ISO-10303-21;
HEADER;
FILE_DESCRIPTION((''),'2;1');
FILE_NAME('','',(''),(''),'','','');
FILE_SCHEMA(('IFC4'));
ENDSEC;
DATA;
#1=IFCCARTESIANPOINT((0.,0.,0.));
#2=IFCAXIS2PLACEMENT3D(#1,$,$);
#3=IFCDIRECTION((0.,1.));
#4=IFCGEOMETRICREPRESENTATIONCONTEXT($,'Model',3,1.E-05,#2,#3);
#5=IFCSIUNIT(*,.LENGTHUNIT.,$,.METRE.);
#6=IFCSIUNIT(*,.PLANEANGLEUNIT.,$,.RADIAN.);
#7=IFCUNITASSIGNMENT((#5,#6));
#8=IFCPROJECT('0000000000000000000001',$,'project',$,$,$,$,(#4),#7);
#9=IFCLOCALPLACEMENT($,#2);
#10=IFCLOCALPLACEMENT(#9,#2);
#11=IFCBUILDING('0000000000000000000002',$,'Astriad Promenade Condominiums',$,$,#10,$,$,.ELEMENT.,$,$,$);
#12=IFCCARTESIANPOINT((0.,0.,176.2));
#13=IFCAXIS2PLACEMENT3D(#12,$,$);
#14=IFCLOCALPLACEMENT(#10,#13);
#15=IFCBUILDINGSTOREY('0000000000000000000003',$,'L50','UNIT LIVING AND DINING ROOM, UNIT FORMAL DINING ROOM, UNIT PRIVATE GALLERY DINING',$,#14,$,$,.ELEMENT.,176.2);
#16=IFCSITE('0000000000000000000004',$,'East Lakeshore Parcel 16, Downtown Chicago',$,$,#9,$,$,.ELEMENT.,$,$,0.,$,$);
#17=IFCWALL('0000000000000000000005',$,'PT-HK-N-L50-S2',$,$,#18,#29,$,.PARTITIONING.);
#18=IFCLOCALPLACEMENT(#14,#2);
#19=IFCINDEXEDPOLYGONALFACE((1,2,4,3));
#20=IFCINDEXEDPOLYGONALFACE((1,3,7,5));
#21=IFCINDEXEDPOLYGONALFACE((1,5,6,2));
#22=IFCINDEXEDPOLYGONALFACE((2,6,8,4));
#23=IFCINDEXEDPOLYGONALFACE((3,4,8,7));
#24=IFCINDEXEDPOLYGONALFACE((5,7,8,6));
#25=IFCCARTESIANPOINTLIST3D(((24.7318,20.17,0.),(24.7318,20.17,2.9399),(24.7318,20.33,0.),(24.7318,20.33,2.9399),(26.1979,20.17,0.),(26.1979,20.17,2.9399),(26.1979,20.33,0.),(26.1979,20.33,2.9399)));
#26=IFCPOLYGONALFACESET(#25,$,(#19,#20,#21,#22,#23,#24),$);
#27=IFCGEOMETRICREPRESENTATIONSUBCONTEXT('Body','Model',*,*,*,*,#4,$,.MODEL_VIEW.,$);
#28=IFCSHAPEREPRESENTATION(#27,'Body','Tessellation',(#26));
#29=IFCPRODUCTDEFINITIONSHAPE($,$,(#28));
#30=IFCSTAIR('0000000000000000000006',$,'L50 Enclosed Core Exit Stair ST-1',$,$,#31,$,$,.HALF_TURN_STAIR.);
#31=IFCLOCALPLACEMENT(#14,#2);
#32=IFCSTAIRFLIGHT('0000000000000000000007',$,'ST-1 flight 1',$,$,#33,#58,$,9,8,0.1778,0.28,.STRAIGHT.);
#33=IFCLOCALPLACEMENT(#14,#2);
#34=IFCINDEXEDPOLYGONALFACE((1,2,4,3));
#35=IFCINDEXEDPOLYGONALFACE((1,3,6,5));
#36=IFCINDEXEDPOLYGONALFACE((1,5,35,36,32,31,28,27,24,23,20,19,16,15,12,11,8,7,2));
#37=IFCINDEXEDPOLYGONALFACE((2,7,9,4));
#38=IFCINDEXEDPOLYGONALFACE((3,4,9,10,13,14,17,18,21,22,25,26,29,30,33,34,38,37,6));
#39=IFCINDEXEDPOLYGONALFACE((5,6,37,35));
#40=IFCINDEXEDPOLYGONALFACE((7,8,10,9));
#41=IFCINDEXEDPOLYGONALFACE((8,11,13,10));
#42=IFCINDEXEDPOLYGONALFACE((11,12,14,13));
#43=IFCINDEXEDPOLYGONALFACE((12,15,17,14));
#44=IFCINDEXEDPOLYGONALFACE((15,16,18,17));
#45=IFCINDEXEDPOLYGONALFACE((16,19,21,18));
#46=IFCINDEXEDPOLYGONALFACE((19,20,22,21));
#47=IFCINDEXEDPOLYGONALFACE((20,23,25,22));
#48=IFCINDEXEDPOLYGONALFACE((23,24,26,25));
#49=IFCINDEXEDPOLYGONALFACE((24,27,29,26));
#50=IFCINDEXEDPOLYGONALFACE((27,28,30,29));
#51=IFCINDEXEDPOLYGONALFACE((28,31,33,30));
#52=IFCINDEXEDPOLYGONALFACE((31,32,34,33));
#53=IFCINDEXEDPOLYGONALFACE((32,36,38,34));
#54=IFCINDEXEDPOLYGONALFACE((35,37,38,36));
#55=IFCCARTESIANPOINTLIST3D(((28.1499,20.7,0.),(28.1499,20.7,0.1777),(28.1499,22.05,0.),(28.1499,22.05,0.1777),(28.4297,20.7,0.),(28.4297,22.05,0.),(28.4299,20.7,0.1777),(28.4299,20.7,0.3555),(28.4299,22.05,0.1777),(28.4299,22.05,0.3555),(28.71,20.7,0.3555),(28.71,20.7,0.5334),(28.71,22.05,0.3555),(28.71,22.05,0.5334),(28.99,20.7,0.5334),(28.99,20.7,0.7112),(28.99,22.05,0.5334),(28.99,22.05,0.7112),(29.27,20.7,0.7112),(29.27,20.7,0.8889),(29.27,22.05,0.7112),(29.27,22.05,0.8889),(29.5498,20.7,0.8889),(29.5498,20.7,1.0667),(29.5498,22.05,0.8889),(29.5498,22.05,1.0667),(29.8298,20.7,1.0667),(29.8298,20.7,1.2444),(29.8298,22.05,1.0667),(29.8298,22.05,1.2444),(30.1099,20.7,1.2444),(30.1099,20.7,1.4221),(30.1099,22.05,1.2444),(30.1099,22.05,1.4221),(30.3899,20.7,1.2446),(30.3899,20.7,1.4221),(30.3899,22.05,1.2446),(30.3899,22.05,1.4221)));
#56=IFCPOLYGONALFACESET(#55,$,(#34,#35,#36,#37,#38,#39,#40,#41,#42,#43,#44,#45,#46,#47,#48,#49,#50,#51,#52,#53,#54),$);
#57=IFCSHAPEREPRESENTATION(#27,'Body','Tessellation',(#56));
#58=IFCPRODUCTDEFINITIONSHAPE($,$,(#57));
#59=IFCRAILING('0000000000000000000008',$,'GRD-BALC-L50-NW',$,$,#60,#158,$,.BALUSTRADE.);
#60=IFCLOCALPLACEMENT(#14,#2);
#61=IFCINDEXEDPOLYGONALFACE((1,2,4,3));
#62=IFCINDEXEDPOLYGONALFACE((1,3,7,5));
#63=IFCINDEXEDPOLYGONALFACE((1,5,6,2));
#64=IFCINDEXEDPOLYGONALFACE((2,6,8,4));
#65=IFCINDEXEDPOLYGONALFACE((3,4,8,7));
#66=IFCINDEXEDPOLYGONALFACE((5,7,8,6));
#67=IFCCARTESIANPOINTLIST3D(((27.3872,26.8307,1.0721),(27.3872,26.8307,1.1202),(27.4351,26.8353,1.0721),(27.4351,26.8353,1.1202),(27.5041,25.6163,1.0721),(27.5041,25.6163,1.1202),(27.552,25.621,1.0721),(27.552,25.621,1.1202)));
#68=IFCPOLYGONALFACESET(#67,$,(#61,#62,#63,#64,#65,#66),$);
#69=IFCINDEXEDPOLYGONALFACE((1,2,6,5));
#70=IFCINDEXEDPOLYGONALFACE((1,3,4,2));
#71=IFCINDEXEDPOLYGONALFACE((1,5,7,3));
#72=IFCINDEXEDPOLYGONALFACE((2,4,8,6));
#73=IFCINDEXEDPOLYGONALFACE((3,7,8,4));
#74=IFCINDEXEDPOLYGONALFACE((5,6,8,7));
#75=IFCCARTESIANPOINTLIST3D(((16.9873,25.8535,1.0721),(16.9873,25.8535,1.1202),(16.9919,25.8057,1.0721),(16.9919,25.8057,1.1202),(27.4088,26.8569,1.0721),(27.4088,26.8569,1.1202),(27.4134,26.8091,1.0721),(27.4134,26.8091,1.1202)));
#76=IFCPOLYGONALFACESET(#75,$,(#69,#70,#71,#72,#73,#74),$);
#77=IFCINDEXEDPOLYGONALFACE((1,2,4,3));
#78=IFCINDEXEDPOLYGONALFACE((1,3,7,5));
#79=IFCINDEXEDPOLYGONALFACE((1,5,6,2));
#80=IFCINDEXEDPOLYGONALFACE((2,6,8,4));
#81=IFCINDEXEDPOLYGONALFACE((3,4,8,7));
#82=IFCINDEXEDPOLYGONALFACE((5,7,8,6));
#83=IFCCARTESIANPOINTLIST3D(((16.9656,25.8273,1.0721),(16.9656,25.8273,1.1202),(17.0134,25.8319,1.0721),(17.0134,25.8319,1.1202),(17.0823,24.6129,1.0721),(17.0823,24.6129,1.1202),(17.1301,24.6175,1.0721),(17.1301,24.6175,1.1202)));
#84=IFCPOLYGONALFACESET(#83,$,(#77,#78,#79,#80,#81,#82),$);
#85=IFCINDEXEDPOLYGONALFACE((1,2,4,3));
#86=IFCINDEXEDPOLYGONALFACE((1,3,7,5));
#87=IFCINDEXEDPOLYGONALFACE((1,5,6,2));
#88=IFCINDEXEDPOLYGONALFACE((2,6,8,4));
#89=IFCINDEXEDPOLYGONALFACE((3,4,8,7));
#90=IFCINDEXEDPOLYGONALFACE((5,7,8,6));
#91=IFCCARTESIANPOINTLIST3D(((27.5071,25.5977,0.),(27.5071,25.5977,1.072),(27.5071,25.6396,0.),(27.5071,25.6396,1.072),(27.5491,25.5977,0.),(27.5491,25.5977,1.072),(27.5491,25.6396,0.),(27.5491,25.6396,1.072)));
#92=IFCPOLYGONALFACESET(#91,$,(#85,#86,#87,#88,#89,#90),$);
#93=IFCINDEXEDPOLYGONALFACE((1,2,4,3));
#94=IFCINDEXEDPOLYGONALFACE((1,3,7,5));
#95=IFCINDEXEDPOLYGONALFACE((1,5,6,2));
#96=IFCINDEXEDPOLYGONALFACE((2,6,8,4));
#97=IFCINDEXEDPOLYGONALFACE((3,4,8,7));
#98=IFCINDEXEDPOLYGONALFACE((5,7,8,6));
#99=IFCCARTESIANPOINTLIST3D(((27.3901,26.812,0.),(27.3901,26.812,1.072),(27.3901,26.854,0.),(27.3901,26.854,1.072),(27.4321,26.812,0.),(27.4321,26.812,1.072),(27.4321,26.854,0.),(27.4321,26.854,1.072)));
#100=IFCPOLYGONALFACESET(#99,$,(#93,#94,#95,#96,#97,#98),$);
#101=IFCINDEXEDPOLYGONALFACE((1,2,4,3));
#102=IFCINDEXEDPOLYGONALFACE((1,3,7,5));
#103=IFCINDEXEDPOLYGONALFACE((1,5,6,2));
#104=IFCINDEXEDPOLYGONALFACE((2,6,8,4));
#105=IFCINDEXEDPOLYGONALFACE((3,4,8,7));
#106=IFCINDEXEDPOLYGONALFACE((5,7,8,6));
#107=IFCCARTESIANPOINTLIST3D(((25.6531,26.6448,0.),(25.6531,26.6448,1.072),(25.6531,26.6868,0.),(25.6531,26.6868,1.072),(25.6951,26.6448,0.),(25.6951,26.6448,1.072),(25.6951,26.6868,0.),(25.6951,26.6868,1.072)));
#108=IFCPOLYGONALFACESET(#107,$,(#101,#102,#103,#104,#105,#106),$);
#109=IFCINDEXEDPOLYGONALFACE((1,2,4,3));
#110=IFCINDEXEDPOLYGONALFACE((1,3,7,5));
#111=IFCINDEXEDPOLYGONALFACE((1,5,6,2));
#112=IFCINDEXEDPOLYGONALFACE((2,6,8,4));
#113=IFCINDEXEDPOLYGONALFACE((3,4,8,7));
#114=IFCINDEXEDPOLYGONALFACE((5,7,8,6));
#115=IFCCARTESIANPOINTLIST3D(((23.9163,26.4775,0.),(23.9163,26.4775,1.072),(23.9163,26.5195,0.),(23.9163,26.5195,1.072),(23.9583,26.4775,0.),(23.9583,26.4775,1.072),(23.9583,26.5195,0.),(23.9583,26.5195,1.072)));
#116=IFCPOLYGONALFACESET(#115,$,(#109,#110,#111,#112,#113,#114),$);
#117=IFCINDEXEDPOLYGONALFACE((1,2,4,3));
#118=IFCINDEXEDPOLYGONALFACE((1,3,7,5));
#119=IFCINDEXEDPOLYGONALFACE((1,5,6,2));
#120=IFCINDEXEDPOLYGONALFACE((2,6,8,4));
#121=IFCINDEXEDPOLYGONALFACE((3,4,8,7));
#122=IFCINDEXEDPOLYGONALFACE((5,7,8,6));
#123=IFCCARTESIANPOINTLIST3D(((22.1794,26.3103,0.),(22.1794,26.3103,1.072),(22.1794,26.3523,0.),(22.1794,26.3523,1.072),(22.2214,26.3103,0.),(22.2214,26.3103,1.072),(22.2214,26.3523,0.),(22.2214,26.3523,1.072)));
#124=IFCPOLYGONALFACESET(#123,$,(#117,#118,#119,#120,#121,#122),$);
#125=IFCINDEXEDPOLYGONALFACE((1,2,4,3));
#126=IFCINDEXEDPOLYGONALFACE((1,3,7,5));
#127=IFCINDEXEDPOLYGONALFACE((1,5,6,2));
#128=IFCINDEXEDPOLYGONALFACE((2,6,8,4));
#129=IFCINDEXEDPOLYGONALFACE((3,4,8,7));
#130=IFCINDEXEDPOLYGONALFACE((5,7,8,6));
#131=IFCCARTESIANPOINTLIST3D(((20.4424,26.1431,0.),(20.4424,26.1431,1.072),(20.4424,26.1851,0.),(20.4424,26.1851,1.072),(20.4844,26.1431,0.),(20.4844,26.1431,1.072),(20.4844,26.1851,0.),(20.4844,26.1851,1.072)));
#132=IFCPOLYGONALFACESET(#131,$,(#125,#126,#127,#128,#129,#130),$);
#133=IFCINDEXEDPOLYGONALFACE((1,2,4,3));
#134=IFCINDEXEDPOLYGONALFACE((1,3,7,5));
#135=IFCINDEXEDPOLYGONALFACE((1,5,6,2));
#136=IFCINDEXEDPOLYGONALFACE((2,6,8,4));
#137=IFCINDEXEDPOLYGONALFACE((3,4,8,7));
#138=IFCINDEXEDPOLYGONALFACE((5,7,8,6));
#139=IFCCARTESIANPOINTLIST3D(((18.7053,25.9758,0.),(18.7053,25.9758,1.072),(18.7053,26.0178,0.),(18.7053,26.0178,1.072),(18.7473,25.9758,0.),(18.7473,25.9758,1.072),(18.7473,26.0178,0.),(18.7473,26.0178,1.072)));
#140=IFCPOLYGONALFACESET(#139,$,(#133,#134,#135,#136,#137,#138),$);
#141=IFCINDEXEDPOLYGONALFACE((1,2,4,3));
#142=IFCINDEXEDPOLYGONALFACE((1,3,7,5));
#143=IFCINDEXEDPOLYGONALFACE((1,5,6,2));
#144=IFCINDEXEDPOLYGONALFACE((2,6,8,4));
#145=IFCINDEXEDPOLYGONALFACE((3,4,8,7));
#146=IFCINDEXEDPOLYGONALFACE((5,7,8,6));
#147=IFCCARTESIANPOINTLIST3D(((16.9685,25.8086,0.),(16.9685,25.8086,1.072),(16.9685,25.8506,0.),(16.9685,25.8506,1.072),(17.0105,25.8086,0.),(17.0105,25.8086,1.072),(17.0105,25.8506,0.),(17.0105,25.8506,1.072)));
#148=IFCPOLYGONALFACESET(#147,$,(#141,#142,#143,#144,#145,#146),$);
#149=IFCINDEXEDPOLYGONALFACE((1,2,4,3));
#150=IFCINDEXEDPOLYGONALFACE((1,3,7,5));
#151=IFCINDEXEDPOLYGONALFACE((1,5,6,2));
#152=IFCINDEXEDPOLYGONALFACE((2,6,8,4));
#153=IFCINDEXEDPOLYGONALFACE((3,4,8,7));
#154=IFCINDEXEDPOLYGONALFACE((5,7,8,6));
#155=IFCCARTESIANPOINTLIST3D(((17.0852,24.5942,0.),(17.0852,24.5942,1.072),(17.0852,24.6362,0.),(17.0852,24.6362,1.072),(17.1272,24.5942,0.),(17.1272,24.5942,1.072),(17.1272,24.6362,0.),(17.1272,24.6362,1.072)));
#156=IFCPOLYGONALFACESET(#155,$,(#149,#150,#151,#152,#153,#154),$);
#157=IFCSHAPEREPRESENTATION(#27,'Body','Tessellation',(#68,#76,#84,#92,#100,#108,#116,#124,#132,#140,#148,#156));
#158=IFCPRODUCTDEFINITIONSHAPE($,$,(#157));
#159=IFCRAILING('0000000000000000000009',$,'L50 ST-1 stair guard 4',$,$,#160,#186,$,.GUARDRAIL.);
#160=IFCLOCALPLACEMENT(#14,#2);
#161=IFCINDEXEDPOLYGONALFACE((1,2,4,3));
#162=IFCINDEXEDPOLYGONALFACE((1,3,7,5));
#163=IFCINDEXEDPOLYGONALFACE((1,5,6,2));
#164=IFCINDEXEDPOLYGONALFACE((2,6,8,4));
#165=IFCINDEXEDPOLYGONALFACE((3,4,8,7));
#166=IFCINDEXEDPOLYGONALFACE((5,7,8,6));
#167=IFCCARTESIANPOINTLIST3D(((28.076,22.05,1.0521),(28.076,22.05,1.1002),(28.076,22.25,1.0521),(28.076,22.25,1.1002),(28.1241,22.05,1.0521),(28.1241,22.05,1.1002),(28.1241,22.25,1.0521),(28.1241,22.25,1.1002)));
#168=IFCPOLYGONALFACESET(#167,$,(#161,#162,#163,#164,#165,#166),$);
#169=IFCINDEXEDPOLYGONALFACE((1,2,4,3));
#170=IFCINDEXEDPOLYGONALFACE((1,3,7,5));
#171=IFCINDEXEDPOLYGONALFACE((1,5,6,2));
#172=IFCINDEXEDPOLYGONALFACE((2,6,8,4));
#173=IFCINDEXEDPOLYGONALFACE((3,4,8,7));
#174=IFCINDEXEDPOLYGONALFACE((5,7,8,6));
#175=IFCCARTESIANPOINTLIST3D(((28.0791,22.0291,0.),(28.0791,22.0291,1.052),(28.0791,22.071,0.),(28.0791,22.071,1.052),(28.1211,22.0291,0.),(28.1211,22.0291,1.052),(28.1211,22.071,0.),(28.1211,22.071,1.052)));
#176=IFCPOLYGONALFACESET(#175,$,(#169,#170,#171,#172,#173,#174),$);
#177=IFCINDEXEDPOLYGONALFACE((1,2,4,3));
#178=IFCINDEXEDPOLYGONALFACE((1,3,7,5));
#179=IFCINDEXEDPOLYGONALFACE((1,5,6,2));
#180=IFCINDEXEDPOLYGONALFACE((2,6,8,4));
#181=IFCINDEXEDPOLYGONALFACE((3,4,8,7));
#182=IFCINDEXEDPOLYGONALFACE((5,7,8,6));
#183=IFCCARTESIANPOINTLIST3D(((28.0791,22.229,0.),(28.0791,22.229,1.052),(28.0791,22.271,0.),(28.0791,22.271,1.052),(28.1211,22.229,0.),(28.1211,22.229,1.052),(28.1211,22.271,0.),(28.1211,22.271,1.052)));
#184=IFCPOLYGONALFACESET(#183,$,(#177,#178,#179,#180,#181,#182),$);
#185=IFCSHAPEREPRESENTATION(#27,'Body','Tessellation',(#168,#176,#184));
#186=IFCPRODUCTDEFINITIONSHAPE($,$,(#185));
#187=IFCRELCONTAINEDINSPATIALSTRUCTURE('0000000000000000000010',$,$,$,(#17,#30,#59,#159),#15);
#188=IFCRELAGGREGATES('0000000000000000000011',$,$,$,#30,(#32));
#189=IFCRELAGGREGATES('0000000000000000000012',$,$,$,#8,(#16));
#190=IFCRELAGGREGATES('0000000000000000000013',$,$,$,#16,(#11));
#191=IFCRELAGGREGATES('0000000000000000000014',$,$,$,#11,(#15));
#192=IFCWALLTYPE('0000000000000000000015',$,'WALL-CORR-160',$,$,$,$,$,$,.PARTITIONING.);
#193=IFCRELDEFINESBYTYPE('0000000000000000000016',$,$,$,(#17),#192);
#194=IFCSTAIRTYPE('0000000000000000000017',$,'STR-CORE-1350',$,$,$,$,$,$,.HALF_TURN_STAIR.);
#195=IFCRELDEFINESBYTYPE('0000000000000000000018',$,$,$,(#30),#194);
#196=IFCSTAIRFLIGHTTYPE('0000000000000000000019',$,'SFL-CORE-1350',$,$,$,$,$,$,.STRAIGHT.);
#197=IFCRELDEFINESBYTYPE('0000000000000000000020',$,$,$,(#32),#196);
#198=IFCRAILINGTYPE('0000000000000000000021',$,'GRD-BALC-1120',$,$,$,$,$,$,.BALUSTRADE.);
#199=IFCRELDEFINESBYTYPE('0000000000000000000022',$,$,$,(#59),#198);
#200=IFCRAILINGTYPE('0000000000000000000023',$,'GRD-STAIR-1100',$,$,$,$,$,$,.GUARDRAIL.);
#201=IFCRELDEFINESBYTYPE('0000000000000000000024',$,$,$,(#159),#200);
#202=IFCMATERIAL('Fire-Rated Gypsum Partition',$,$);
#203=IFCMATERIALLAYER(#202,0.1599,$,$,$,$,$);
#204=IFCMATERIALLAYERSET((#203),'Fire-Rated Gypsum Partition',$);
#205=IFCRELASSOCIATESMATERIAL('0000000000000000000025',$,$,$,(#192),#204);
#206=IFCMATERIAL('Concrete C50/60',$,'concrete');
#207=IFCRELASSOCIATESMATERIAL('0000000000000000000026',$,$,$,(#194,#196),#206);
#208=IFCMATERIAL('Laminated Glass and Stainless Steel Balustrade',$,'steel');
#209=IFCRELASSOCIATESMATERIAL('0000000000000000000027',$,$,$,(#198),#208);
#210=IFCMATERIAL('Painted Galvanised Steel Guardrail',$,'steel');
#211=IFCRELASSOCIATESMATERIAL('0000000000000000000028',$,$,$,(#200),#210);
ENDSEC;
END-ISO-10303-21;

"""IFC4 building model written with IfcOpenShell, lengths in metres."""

from ifc_helpers import new_model, si_unit, direction, frame, frame_2d, origin, origin_2d, place, context, subcontext, project, spatial, polyline, rectangle, outline, extrude, source, transform, mapped, material, layer, layer_set, type_object, type_shapes, element, aggregate, save


model = new_model("IFC4")

# Units and contexts
model_context = context("Model", 3, precision=1e-05, world=origin(), true_north=direction((0.0, 1.0)))
body_context = subcontext(model_context, "Body", "Model", "MODEL_VIEW")
ifc_project = project(units=[si_unit("LENGTHUNIT", "METRE"), si_unit("PLANEANGLEUNIT", "RADIAN")], contexts=[model_context])

# Site, building, storey
site_placement = place(None, origin())
site = spatial("IfcSite", under=ifc_project, at=site_placement, Name="East Lakeshore Parcel 16, Downtown Chicago", CompositionType="ELEMENT", RefElevation=0.0)
building_placement = place(site_placement, origin())
building = spatial("IfcBuilding", under=site, at=building_placement, Name="Astriad Promenade Condominiums", CompositionType="ELEMENT")
storey_placement = place(building_placement, frame((0.0, 0.0, 176.2)))
storey = spatial("IfcBuildingStorey", under=building, at=storey_placement, Name="L50", Description="UNIT LIVING AND DINING ROOM, UNIT FORMAL DINING ROOM, UNIT PRIVATE GALLERY DINING", CompositionType="ELEMENT", Elevation=176.2)

# Shared definitions
ifc_material_1 = material(Name="Concrete C50/60", Category="concrete")

# Shared definitions
ifc_material_2 = material(Name="Fire-Rated Gypsum Partition")
ifc_layer_1 = layer(ifc_material_2, 0.1599)
ifc_layer_set_1 = layer_set([ifc_layer_1], Name="Fire-Rated Gypsum Partition")
wall_type_1 = type_object("IfcWallType", Name="WALL-CORR-160", PredefinedType="PARTITIONING", material=ifc_layer_set_1)

# Wall
wall_1_placement = place(storey_placement, frame((24.7319, 20.25, 0.0), z_axis=(0.0, 0.0, 1.0), x_axis=(1.0, 0.0, 0.0)))
element("IfcWall", 1, at=wall_1_placement, inside=storey, type_object=wall_type_1, Name="PT-HK-N-L50-S2", PredefinedType="PARTITIONING", context=body_context, shape_type="SweptSolid", body=[
    extrude(rectangle(XDim=1.4661, YDim=0.1599, at=frame_2d((0.7329, 0.0))), origin(), (0.0, 0.0, 1.0), 2.9399),
])

# Stair, stair flight
stair_type = type_object("IfcStairType", Name="STR-CORE-1350", PredefinedType="HALF_TURN_STAIR", material=ifc_material_1)
stair_placement = place(storey_placement, origin())
stair = element("IfcStair", 2, at=stair_placement, inside=storey, type_object=stair_type, Name="L50 Enclosed Core Exit Stair ST-1", PredefinedType="HALF_TURN_STAIR")
stair_flight_type = type_object("IfcStairFlightType", Name="SFL-CORE-1350", PredefinedType="STRAIGHT", material=ifc_material_1)
shared_shape_1 = source(origin(), body_context, "Body", "SweptSolid", [
    extrude(outline(polyline([(0.0, 0.0), (0.0, 0.1777), (0.28, 0.1777), (0.28, 0.3555), (0.5601, 0.3555), (0.5601, 0.5334), (0.8401, 0.5334), (0.8401, 0.7112), (1.1201, 0.7112), (1.1201, 0.8889), (1.3999, 0.8889), (1.3999, 1.0667), (1.6799, 1.0667), (1.6799, 1.2444), (1.96, 1.2444), (1.96, 1.4221), (2.24, 1.4221), (2.24, 1.6001), (2.24, 1.2446), (0.2798, 0.0), (0.0, 0.0)])), frame((0.0, 0.675, 0.0), z_axis=(0.0, -1.0, 0.0), x_axis=(1.0, 0.0, 0.0)), (0.0, 0.0, 1.0), 1.3501),
])
type_shapes(stair_flight_type, [shared_shape_1])
stair_flight_placement = place(storey_placement, frame((28.1499, 21.375, 0.0), z_axis=(0.0, 0.0, 1.0), x_axis=(1.0, 0.0, 0.0)))
stair_flight = element("IfcStairFlight", 3, at=stair_flight_placement, type_object=stair_flight_type, Name="ST-1 flight 1", NumberOfRisers=9, NumberOfTreads=8, PredefinedType="STRAIGHT", RiserHeight=0.1778, TreadLength=0.28, context=body_context, shape_type="MappedRepresentation", body=[
    mapped(shared_shape_1, transform((0.0, 0.0, 0.0), scale=1.0)),
])
aggregate(stair, [stair_flight])

# Railings
ifc_material_3 = material(Name="Laminated Glass and Stainless Steel Balustrade", Category="steel")
railing_type_1 = type_object("IfcRailingType", Name="GRD-BALC-1120", PredefinedType="BALUSTRADE", material=ifc_material_3)
shared_shape_2 = source(origin(), body_context, "Body", "SweptSolid", [
    extrude(rectangle(XDim=0.0481, YDim=0.0481, at=origin_2d()), frame((0.0, 0.0, 1.0962), z_axis=(-0.095857, 0.995395, 0.0), x_axis=(-0.995395, -0.095857, 0.0)), (0.0, 0.0, 1.0), 1.22),
    extrude(rectangle(XDim=0.0481, YDim=0.0481, at=origin_2d()), frame((-0.1169, 1.2144, 1.0962), z_axis=(-0.995397, -0.095839, 0.0), x_axis=(0.095839, -0.995397, 0.0)), (0.0, 0.0, 1.0), 10.4697),
    extrude(rectangle(XDim=0.0481, YDim=0.0481, at=origin_2d()), frame((-10.5386, 0.2109, 1.0962), z_axis=(0.095659, -0.995414, 0.0), x_axis=(0.995414, 0.095659, 0.0)), (0.0, 0.0, 1.0), 1.22),
    extrude(rectangle(XDim=0.042, YDim=0.042, at=origin_2d()), origin(), (0.0, 0.0, 1.0), 1.072),
    extrude(rectangle(XDim=0.042, YDim=0.042, at=origin_2d()), frame((-0.1169, 1.2144, 0.0)), (0.0, 0.0, 1.0), 1.072),
    extrude(rectangle(XDim=0.042, YDim=0.042, at=origin_2d()), frame((-1.854, 1.0471, 0.0)), (0.0, 0.0, 1.0), 1.072),
    extrude(rectangle(XDim=0.042, YDim=0.042, at=origin_2d()), frame((-3.5908, 0.8799, 0.0)), (0.0, 0.0, 1.0), 1.072),
    extrude(rectangle(XDim=0.042, YDim=0.042, at=origin_2d()), frame((-5.3276, 0.7126, 0.0)), (0.0, 0.0, 1.0), 1.072),
    extrude(rectangle(XDim=0.042, YDim=0.042, at=origin_2d()), frame((-7.0647, 0.5454, 0.0)), (0.0, 0.0, 1.0), 1.072),
    extrude(rectangle(XDim=0.042, YDim=0.042, at=origin_2d()), frame((-8.8018, 0.3782, 0.0)), (0.0, 0.0, 1.0), 1.072),
    extrude(rectangle(XDim=0.042, YDim=0.042, at=origin_2d()), frame((-10.5386, 0.2109, 0.0)), (0.0, 0.0, 1.0), 1.072),
    extrude(rectangle(XDim=0.042, YDim=0.042, at=origin_2d()), frame((-10.4219, -1.0034, 0.0)), (0.0, 0.0, 1.0), 1.072),
])
type_shapes(railing_type_1, [shared_shape_2])
railing_1_placement = place(storey_placement, frame((27.5281, 25.6187, 0.0)))
element("IfcRailing", 4, at=railing_1_placement, inside=storey, type_object=railing_type_1, Name="GRD-BALC-L50-NW", PredefinedType="BALUSTRADE", context=body_context, shape_type="MappedRepresentation", body=[
    mapped(shared_shape_2, transform((0.0, 0.0, 0.0), scale=1.0)),
])
ifc_material_4 = material(Name="Painted Galvanised Steel Guardrail", Category="steel")
railing_type_2 = type_object("IfcRailingType", Name="GRD-STAIR-1100", PredefinedType="GUARDRAIL", material=ifc_material_4)
shared_shape_3 = source(origin(), body_context, "Body", "SweptSolid", [
    extrude(rectangle(XDim=0.0481, YDim=0.0481, at=origin_2d()), frame((0.0, 0.0, 1.0762), z_axis=(0.0, 1.0, 0.0), x_axis=(-1.0, 0.0, 0.0)), (0.0, 0.0, 1.0), 0.2),
    extrude(rectangle(XDim=0.042, YDim=0.042, at=origin_2d()), origin(), (0.0, 0.0, 1.0), 1.052),
    extrude(rectangle(XDim=0.042, YDim=0.042, at=origin_2d()), frame((0.0, 0.2, 0.0)), (0.0, 0.0, 1.0), 1.052),
])
railing_2_placement = place(storey_placement, frame((28.1001, 22.05, 0.0)))
element("IfcRailing", 5, at=railing_2_placement, inside=storey, type_object=railing_type_2, Name="L50 ST-1 stair guard 4", PredefinedType="GUARDRAIL", context=body_context, shape_type="MappedRepresentation", body=[
    mapped(shared_shape_3, transform((0.0, 0.0, 0.0), scale=1.0)),
])

save(model, "model.ifc")
